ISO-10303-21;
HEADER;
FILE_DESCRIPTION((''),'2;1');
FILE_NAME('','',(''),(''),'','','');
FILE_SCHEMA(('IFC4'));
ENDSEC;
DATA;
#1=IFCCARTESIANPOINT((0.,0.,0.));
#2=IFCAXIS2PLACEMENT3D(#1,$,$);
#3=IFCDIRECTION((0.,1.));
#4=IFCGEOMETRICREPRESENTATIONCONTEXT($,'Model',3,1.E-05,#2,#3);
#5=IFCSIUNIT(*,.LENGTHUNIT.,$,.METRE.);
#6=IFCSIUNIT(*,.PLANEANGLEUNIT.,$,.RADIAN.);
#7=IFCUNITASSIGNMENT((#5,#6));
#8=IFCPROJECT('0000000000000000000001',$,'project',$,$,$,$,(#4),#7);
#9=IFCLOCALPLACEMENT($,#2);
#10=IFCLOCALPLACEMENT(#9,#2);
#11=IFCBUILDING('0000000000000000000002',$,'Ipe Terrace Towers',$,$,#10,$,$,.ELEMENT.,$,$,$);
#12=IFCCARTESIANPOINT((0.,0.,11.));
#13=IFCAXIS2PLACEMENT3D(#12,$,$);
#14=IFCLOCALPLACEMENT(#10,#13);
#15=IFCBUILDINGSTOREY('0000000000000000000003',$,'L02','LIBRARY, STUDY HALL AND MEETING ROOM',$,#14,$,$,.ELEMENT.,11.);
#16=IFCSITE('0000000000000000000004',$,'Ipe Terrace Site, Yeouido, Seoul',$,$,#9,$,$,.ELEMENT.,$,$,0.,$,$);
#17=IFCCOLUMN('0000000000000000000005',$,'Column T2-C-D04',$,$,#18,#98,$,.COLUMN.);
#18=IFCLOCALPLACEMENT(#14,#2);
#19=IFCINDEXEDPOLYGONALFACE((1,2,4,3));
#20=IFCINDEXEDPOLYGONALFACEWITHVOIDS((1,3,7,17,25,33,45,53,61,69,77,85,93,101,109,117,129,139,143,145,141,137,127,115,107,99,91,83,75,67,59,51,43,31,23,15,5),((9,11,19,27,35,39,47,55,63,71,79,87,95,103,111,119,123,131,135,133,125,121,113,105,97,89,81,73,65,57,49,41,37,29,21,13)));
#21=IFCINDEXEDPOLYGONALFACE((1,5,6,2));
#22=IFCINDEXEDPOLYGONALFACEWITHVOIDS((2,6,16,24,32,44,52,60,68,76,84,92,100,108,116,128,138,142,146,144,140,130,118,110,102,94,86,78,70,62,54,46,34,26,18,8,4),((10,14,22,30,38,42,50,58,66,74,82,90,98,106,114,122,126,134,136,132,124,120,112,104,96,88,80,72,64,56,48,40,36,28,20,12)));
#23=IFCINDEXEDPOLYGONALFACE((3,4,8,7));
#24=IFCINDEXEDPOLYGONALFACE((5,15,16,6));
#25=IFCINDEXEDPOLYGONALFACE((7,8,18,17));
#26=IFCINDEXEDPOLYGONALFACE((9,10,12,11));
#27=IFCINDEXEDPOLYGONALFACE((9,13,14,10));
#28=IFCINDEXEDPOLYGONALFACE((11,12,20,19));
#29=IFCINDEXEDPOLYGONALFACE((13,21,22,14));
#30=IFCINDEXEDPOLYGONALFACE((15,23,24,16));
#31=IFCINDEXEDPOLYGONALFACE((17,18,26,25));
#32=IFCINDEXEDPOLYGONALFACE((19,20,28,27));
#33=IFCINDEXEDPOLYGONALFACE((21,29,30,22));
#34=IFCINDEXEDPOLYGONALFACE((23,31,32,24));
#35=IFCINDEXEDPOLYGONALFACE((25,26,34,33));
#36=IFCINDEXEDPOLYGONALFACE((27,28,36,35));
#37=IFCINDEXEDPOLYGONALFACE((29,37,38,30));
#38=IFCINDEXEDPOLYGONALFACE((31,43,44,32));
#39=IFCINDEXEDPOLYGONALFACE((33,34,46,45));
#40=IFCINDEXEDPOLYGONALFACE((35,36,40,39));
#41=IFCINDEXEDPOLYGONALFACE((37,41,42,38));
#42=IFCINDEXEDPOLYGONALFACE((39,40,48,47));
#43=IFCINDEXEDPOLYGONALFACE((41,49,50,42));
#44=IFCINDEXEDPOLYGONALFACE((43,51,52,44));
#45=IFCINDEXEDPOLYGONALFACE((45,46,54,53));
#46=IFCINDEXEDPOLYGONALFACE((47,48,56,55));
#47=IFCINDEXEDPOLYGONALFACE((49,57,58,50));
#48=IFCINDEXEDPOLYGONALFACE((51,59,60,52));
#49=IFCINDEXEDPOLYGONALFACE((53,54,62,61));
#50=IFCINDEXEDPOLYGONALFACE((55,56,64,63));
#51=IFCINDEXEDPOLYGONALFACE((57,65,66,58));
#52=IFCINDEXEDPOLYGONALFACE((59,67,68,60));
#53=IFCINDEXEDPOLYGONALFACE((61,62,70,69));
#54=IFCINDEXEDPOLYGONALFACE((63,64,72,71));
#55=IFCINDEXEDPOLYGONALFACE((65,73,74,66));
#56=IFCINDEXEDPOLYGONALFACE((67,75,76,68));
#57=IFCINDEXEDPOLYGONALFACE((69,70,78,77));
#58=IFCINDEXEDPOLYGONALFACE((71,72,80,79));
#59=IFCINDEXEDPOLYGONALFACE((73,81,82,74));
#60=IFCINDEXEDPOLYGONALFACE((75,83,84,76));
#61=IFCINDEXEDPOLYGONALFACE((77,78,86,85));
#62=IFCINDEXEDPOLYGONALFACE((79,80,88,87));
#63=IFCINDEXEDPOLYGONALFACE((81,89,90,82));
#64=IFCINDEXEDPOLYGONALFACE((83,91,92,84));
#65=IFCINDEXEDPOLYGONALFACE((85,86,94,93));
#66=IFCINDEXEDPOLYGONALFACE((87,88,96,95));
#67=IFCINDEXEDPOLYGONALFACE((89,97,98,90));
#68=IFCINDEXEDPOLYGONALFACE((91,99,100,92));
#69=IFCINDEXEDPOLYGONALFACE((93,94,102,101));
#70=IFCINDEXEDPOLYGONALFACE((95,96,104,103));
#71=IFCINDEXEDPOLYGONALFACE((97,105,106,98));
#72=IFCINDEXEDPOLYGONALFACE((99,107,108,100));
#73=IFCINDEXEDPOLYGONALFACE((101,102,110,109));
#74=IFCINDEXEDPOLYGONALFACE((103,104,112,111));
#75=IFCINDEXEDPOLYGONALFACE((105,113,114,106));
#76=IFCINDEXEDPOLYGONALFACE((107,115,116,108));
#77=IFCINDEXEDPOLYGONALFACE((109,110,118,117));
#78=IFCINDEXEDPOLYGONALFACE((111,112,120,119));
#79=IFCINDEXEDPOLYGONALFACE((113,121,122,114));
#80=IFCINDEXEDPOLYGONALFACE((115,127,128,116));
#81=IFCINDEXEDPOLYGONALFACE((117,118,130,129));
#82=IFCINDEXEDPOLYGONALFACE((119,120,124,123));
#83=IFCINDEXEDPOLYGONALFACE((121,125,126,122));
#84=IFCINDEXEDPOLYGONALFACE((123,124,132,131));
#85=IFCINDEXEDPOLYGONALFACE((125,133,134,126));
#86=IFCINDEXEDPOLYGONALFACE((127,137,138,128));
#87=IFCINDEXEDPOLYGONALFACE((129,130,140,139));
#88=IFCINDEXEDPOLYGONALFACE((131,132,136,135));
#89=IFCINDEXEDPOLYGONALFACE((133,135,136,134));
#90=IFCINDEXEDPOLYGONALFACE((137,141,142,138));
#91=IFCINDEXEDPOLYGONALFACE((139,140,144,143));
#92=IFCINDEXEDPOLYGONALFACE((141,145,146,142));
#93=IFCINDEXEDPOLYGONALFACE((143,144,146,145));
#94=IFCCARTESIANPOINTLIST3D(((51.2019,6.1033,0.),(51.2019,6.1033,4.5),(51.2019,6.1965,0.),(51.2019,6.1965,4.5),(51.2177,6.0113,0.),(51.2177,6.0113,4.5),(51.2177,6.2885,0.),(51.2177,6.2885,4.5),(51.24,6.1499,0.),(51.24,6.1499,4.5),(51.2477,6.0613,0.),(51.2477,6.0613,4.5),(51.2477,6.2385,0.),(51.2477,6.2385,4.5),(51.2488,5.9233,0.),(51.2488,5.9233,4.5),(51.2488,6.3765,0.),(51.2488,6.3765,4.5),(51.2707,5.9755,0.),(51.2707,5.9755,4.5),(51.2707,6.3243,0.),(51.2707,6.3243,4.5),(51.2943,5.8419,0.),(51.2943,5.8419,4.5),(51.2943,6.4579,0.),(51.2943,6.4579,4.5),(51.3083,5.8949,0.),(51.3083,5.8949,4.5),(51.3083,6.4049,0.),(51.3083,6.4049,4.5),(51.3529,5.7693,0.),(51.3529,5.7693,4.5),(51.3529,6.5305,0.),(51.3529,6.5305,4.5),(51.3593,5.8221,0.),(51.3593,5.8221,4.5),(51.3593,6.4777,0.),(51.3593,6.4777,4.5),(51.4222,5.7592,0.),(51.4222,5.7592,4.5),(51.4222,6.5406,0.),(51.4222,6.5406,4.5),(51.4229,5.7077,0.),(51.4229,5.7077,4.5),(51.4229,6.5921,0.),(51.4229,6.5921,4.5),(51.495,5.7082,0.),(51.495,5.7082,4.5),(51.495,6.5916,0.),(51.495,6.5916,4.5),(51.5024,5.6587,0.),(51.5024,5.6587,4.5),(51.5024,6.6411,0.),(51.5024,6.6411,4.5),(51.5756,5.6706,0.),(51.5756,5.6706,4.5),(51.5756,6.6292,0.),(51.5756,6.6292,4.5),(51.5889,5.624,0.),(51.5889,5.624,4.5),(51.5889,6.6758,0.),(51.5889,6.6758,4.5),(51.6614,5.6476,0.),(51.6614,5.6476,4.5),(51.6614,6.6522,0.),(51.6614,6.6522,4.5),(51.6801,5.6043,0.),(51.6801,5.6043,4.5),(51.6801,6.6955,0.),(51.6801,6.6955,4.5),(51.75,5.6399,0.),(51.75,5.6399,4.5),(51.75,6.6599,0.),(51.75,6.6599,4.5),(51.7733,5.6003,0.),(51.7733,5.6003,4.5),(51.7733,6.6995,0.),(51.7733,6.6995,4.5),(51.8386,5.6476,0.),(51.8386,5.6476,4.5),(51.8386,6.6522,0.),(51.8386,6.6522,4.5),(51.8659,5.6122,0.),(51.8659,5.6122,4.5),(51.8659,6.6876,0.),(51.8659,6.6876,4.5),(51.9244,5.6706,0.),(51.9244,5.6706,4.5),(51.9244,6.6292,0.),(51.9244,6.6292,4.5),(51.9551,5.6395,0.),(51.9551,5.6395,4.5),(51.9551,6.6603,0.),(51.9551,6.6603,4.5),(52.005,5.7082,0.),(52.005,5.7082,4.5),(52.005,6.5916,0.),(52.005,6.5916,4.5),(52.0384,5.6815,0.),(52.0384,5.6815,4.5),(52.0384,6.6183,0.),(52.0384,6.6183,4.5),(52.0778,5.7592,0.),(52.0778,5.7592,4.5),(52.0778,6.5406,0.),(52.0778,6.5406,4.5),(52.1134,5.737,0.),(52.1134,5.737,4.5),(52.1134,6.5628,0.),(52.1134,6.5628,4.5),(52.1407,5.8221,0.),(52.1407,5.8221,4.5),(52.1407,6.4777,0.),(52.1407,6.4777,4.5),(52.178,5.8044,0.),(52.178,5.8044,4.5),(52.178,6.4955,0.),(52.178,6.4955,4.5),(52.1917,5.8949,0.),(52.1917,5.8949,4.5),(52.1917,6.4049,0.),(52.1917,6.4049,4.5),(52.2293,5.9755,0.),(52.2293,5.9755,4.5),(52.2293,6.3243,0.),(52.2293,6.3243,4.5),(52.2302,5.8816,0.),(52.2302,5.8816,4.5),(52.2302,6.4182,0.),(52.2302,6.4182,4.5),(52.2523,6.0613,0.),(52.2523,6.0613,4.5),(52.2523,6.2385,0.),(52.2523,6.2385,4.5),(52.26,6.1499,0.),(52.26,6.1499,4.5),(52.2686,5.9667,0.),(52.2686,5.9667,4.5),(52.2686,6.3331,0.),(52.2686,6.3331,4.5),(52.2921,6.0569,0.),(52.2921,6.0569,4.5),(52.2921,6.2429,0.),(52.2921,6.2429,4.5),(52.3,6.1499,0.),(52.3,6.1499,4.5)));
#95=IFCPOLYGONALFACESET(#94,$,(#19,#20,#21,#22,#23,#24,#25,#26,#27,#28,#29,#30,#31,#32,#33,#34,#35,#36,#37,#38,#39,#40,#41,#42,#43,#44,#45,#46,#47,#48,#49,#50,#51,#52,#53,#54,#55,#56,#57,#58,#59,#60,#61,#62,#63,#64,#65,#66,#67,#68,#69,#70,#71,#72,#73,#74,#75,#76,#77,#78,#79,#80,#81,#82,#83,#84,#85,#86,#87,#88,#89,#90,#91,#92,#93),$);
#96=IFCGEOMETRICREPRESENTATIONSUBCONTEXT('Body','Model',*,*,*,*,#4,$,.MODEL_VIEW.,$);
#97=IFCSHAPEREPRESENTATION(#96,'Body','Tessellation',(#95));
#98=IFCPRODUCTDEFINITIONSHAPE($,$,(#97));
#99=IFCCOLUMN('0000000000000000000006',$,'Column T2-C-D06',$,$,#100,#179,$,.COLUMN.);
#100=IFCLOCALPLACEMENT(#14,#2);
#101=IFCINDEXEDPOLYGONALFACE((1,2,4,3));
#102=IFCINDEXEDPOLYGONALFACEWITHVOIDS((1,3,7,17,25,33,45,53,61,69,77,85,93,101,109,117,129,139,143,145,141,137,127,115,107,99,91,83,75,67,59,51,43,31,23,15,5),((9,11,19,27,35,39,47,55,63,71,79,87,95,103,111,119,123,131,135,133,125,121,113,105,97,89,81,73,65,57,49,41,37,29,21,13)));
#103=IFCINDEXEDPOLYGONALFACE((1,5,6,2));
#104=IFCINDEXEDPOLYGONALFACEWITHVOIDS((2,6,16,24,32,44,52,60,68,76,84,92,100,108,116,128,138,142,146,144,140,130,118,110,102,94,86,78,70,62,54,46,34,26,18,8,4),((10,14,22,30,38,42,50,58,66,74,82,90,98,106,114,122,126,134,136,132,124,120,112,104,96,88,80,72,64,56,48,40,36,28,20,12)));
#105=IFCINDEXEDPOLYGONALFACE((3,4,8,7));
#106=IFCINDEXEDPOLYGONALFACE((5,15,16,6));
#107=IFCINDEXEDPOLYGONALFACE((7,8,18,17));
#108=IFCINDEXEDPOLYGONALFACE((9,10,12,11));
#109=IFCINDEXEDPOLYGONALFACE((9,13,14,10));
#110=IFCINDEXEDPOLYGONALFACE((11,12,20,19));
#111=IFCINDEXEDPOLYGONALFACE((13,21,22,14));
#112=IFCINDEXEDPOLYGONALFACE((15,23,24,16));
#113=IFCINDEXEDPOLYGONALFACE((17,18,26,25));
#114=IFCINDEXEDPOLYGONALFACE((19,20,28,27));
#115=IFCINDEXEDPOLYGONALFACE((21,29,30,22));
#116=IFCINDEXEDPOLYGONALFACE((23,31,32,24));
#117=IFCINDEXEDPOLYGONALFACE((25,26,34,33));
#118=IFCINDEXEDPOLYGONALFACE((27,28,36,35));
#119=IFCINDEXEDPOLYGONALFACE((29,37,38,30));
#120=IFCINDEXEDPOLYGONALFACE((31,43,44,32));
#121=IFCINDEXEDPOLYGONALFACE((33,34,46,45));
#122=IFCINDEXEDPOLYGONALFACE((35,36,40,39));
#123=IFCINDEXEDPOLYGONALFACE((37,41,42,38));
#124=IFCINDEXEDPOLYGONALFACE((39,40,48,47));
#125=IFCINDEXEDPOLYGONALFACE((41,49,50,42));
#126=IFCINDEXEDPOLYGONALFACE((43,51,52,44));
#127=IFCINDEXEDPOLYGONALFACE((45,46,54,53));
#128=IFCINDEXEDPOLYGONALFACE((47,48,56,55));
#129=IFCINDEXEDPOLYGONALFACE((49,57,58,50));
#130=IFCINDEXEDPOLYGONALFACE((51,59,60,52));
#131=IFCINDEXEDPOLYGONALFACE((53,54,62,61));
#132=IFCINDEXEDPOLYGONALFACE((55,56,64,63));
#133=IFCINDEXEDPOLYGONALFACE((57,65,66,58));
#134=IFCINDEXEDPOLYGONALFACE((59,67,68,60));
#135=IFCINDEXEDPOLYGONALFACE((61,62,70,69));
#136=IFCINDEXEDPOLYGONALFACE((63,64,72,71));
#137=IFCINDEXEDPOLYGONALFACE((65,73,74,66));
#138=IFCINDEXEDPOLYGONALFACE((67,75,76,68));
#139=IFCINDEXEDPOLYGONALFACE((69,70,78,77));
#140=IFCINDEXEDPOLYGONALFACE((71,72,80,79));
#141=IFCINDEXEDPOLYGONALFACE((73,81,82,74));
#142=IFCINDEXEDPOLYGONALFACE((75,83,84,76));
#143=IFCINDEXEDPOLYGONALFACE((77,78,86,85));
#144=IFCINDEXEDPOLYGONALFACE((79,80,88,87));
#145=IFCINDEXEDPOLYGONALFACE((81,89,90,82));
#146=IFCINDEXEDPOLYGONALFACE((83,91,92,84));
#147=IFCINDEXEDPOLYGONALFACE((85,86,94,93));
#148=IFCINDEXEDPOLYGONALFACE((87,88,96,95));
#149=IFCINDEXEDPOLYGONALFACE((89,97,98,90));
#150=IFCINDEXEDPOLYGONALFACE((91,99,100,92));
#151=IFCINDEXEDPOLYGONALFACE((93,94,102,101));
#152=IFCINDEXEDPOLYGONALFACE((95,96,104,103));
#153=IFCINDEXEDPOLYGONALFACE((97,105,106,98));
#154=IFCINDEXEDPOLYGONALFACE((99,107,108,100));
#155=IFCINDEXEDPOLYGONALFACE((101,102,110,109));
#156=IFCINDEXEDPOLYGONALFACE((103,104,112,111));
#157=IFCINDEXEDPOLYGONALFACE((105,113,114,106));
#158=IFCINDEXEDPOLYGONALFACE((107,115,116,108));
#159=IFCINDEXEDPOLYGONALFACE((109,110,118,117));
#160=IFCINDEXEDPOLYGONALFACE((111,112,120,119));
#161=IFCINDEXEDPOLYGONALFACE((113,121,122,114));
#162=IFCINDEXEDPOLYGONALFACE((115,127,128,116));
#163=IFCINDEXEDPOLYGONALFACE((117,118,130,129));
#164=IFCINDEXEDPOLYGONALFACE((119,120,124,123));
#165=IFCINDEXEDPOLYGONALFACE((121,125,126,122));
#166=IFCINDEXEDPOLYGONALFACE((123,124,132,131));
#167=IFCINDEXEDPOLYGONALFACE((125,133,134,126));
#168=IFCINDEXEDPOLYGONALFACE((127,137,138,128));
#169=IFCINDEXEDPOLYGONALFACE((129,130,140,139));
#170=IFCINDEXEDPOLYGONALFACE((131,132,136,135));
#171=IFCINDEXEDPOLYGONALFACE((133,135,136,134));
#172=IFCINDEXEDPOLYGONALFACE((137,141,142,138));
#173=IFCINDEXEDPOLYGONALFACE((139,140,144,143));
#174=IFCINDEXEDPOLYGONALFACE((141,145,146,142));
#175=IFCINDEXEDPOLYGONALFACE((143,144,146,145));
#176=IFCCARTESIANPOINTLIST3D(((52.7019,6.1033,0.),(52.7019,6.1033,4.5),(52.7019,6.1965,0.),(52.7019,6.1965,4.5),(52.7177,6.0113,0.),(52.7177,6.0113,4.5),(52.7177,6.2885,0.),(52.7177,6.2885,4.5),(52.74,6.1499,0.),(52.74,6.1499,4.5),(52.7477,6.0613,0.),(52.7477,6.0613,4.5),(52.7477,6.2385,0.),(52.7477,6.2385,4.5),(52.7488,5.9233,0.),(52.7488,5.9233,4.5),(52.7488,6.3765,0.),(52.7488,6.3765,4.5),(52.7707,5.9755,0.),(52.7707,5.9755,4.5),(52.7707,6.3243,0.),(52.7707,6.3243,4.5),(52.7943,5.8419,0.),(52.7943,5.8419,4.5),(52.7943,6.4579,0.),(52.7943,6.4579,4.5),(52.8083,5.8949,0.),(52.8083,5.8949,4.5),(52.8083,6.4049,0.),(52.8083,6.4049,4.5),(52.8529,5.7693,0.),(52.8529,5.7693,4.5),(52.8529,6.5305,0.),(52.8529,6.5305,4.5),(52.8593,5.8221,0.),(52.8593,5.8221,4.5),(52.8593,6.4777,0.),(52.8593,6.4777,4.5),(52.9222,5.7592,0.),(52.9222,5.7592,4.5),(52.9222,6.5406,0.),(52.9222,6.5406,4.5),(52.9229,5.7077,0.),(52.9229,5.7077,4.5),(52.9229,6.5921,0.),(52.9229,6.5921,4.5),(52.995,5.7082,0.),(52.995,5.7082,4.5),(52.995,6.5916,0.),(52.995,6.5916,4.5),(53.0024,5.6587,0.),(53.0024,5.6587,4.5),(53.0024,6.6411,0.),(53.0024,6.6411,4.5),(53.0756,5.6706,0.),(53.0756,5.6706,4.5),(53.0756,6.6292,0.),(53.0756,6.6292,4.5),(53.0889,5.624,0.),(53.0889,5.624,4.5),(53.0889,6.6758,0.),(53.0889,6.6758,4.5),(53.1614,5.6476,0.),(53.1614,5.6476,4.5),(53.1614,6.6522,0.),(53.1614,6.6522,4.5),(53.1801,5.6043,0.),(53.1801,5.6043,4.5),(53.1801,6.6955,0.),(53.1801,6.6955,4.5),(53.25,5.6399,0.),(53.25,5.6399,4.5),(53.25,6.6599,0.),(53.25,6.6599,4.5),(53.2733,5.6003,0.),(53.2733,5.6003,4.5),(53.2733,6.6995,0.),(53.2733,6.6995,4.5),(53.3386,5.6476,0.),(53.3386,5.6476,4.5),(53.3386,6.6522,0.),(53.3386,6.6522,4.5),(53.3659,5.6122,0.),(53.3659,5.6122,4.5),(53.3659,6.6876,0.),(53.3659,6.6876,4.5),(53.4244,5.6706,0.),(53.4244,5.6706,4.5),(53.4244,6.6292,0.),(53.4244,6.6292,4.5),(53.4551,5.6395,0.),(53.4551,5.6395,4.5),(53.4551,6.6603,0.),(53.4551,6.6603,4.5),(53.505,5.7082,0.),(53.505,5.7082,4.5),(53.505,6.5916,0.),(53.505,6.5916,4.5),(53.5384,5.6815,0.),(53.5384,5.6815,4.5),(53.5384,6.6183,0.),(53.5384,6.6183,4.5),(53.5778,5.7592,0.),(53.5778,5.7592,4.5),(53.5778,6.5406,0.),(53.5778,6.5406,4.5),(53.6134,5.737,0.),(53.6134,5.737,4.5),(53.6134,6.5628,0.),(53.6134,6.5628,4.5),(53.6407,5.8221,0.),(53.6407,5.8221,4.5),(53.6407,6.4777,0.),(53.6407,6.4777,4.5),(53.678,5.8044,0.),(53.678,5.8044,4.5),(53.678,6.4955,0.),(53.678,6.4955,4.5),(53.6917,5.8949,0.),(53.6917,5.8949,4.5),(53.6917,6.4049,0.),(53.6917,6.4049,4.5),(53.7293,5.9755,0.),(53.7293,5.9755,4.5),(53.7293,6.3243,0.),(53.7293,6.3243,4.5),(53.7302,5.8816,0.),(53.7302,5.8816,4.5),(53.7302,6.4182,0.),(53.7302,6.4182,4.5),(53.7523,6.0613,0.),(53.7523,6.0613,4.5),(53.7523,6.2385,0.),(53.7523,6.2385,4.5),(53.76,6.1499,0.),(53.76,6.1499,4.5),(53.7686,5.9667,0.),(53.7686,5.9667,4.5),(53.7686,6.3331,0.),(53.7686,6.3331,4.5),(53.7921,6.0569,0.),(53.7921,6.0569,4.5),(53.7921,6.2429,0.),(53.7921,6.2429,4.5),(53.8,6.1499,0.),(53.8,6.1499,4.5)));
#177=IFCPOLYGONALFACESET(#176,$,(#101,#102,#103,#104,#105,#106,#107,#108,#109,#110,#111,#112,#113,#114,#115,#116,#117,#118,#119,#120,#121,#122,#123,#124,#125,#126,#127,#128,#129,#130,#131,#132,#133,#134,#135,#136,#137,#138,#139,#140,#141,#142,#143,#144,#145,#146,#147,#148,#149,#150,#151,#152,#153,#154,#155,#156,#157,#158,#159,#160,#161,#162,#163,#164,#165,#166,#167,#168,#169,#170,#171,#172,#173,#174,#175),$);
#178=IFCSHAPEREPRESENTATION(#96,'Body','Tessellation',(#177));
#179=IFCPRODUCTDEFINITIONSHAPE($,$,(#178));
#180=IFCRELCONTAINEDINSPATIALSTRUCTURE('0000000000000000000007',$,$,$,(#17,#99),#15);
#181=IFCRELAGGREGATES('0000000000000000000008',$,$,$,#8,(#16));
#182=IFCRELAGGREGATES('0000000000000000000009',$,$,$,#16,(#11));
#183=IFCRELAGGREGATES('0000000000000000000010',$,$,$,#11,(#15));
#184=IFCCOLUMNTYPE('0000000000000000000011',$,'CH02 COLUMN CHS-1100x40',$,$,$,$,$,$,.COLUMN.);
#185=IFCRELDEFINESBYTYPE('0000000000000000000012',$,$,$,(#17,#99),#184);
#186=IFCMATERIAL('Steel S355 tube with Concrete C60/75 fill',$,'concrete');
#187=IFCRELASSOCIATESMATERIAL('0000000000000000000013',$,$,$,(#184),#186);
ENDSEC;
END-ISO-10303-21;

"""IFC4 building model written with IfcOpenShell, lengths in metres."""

from ifc_helpers import new_model, si_unit, direction, frame, origin, origin_2d, place, context, subcontext, project, spatial, hollow_circle, extrude, material, material_profile, profile_set, type_object, element, save


model = new_model("IFC4")

# Units and contexts
model_context = context("Model", 3, precision=1e-05, world=origin(), true_north=direction((0.0, 1.0)))
body_context = subcontext(model_context, "Body", "Model", "MODEL_VIEW")
ifc_project = project(units=[si_unit("LENGTHUNIT", "METRE"), si_unit("PLANEANGLEUNIT", "RADIAN")], contexts=[model_context])

# Site, building, storey
site_placement = place(None, origin())
site = spatial("IfcSite", under=ifc_project, at=site_placement, Name="Ipe Terrace Site, Yeouido, Seoul", CompositionType="ELEMENT", RefElevation=0.0)
building_placement = place(site_placement, origin())
building = spatial("IfcBuilding", under=site, at=building_placement, Name="Ipe Terrace Towers", CompositionType="ELEMENT")
storey_placement = place(building_placement, frame((0.0, 0.0, 11.0)))
storey = spatial("IfcBuildingStorey", under=building, at=storey_placement, Name="L02", Description="LIBRARY, STUDY HALL AND MEETING ROOM", CompositionType="ELEMENT", Elevation=11.0)

# Columns
ifc_material_1 = material(Name="Steel S355 tube with Concrete C60/75 fill", Category="concrete")
ifc_material_profile_1 = material_profile(ifc_material_1, hollow_circle(Radius=0.55, WallThickness=0.04, at=origin_2d()), Name="CHS-1100x40")
ifc_profile_set_1 = profile_set([ifc_material_profile_1], Name="Steel S355 tube with Concrete C60/75 fill")
column_type_1 = type_object("IfcColumnType", Name="CH02 COLUMN CHS-1100x40", PredefinedType="COLUMN", material=ifc_profile_set_1)
for number, where, z_axis, x_axis, name in (
    (1, (51.75, 6.1499, 0.0), (0.0, 0.0, 1.0), (1.0, 0.0, 0.0), "Column T2-C-D04"),
    (2, (53.25, 6.1499, 0.0), (0.0, 0.0, 1.0), (1.0, 0.0, 0.0), "Column T2-C-D06"),
):
    element("IfcColumn", number, at=place(storey_placement, frame(where, z_axis=z_axis, x_axis=x_axis)), inside=storey, type_object=column_type_1, Name=name, PredefinedType="COLUMN", context=body_context, shape_type="SweptSolid", body=[
        extrude(hollow_circle(Radius=0.55, WallThickness=0.04, at=origin_2d()), origin(), (0.0, 0.0, 1.0), 4.5),
    ])

save(model, "model.ifc")
